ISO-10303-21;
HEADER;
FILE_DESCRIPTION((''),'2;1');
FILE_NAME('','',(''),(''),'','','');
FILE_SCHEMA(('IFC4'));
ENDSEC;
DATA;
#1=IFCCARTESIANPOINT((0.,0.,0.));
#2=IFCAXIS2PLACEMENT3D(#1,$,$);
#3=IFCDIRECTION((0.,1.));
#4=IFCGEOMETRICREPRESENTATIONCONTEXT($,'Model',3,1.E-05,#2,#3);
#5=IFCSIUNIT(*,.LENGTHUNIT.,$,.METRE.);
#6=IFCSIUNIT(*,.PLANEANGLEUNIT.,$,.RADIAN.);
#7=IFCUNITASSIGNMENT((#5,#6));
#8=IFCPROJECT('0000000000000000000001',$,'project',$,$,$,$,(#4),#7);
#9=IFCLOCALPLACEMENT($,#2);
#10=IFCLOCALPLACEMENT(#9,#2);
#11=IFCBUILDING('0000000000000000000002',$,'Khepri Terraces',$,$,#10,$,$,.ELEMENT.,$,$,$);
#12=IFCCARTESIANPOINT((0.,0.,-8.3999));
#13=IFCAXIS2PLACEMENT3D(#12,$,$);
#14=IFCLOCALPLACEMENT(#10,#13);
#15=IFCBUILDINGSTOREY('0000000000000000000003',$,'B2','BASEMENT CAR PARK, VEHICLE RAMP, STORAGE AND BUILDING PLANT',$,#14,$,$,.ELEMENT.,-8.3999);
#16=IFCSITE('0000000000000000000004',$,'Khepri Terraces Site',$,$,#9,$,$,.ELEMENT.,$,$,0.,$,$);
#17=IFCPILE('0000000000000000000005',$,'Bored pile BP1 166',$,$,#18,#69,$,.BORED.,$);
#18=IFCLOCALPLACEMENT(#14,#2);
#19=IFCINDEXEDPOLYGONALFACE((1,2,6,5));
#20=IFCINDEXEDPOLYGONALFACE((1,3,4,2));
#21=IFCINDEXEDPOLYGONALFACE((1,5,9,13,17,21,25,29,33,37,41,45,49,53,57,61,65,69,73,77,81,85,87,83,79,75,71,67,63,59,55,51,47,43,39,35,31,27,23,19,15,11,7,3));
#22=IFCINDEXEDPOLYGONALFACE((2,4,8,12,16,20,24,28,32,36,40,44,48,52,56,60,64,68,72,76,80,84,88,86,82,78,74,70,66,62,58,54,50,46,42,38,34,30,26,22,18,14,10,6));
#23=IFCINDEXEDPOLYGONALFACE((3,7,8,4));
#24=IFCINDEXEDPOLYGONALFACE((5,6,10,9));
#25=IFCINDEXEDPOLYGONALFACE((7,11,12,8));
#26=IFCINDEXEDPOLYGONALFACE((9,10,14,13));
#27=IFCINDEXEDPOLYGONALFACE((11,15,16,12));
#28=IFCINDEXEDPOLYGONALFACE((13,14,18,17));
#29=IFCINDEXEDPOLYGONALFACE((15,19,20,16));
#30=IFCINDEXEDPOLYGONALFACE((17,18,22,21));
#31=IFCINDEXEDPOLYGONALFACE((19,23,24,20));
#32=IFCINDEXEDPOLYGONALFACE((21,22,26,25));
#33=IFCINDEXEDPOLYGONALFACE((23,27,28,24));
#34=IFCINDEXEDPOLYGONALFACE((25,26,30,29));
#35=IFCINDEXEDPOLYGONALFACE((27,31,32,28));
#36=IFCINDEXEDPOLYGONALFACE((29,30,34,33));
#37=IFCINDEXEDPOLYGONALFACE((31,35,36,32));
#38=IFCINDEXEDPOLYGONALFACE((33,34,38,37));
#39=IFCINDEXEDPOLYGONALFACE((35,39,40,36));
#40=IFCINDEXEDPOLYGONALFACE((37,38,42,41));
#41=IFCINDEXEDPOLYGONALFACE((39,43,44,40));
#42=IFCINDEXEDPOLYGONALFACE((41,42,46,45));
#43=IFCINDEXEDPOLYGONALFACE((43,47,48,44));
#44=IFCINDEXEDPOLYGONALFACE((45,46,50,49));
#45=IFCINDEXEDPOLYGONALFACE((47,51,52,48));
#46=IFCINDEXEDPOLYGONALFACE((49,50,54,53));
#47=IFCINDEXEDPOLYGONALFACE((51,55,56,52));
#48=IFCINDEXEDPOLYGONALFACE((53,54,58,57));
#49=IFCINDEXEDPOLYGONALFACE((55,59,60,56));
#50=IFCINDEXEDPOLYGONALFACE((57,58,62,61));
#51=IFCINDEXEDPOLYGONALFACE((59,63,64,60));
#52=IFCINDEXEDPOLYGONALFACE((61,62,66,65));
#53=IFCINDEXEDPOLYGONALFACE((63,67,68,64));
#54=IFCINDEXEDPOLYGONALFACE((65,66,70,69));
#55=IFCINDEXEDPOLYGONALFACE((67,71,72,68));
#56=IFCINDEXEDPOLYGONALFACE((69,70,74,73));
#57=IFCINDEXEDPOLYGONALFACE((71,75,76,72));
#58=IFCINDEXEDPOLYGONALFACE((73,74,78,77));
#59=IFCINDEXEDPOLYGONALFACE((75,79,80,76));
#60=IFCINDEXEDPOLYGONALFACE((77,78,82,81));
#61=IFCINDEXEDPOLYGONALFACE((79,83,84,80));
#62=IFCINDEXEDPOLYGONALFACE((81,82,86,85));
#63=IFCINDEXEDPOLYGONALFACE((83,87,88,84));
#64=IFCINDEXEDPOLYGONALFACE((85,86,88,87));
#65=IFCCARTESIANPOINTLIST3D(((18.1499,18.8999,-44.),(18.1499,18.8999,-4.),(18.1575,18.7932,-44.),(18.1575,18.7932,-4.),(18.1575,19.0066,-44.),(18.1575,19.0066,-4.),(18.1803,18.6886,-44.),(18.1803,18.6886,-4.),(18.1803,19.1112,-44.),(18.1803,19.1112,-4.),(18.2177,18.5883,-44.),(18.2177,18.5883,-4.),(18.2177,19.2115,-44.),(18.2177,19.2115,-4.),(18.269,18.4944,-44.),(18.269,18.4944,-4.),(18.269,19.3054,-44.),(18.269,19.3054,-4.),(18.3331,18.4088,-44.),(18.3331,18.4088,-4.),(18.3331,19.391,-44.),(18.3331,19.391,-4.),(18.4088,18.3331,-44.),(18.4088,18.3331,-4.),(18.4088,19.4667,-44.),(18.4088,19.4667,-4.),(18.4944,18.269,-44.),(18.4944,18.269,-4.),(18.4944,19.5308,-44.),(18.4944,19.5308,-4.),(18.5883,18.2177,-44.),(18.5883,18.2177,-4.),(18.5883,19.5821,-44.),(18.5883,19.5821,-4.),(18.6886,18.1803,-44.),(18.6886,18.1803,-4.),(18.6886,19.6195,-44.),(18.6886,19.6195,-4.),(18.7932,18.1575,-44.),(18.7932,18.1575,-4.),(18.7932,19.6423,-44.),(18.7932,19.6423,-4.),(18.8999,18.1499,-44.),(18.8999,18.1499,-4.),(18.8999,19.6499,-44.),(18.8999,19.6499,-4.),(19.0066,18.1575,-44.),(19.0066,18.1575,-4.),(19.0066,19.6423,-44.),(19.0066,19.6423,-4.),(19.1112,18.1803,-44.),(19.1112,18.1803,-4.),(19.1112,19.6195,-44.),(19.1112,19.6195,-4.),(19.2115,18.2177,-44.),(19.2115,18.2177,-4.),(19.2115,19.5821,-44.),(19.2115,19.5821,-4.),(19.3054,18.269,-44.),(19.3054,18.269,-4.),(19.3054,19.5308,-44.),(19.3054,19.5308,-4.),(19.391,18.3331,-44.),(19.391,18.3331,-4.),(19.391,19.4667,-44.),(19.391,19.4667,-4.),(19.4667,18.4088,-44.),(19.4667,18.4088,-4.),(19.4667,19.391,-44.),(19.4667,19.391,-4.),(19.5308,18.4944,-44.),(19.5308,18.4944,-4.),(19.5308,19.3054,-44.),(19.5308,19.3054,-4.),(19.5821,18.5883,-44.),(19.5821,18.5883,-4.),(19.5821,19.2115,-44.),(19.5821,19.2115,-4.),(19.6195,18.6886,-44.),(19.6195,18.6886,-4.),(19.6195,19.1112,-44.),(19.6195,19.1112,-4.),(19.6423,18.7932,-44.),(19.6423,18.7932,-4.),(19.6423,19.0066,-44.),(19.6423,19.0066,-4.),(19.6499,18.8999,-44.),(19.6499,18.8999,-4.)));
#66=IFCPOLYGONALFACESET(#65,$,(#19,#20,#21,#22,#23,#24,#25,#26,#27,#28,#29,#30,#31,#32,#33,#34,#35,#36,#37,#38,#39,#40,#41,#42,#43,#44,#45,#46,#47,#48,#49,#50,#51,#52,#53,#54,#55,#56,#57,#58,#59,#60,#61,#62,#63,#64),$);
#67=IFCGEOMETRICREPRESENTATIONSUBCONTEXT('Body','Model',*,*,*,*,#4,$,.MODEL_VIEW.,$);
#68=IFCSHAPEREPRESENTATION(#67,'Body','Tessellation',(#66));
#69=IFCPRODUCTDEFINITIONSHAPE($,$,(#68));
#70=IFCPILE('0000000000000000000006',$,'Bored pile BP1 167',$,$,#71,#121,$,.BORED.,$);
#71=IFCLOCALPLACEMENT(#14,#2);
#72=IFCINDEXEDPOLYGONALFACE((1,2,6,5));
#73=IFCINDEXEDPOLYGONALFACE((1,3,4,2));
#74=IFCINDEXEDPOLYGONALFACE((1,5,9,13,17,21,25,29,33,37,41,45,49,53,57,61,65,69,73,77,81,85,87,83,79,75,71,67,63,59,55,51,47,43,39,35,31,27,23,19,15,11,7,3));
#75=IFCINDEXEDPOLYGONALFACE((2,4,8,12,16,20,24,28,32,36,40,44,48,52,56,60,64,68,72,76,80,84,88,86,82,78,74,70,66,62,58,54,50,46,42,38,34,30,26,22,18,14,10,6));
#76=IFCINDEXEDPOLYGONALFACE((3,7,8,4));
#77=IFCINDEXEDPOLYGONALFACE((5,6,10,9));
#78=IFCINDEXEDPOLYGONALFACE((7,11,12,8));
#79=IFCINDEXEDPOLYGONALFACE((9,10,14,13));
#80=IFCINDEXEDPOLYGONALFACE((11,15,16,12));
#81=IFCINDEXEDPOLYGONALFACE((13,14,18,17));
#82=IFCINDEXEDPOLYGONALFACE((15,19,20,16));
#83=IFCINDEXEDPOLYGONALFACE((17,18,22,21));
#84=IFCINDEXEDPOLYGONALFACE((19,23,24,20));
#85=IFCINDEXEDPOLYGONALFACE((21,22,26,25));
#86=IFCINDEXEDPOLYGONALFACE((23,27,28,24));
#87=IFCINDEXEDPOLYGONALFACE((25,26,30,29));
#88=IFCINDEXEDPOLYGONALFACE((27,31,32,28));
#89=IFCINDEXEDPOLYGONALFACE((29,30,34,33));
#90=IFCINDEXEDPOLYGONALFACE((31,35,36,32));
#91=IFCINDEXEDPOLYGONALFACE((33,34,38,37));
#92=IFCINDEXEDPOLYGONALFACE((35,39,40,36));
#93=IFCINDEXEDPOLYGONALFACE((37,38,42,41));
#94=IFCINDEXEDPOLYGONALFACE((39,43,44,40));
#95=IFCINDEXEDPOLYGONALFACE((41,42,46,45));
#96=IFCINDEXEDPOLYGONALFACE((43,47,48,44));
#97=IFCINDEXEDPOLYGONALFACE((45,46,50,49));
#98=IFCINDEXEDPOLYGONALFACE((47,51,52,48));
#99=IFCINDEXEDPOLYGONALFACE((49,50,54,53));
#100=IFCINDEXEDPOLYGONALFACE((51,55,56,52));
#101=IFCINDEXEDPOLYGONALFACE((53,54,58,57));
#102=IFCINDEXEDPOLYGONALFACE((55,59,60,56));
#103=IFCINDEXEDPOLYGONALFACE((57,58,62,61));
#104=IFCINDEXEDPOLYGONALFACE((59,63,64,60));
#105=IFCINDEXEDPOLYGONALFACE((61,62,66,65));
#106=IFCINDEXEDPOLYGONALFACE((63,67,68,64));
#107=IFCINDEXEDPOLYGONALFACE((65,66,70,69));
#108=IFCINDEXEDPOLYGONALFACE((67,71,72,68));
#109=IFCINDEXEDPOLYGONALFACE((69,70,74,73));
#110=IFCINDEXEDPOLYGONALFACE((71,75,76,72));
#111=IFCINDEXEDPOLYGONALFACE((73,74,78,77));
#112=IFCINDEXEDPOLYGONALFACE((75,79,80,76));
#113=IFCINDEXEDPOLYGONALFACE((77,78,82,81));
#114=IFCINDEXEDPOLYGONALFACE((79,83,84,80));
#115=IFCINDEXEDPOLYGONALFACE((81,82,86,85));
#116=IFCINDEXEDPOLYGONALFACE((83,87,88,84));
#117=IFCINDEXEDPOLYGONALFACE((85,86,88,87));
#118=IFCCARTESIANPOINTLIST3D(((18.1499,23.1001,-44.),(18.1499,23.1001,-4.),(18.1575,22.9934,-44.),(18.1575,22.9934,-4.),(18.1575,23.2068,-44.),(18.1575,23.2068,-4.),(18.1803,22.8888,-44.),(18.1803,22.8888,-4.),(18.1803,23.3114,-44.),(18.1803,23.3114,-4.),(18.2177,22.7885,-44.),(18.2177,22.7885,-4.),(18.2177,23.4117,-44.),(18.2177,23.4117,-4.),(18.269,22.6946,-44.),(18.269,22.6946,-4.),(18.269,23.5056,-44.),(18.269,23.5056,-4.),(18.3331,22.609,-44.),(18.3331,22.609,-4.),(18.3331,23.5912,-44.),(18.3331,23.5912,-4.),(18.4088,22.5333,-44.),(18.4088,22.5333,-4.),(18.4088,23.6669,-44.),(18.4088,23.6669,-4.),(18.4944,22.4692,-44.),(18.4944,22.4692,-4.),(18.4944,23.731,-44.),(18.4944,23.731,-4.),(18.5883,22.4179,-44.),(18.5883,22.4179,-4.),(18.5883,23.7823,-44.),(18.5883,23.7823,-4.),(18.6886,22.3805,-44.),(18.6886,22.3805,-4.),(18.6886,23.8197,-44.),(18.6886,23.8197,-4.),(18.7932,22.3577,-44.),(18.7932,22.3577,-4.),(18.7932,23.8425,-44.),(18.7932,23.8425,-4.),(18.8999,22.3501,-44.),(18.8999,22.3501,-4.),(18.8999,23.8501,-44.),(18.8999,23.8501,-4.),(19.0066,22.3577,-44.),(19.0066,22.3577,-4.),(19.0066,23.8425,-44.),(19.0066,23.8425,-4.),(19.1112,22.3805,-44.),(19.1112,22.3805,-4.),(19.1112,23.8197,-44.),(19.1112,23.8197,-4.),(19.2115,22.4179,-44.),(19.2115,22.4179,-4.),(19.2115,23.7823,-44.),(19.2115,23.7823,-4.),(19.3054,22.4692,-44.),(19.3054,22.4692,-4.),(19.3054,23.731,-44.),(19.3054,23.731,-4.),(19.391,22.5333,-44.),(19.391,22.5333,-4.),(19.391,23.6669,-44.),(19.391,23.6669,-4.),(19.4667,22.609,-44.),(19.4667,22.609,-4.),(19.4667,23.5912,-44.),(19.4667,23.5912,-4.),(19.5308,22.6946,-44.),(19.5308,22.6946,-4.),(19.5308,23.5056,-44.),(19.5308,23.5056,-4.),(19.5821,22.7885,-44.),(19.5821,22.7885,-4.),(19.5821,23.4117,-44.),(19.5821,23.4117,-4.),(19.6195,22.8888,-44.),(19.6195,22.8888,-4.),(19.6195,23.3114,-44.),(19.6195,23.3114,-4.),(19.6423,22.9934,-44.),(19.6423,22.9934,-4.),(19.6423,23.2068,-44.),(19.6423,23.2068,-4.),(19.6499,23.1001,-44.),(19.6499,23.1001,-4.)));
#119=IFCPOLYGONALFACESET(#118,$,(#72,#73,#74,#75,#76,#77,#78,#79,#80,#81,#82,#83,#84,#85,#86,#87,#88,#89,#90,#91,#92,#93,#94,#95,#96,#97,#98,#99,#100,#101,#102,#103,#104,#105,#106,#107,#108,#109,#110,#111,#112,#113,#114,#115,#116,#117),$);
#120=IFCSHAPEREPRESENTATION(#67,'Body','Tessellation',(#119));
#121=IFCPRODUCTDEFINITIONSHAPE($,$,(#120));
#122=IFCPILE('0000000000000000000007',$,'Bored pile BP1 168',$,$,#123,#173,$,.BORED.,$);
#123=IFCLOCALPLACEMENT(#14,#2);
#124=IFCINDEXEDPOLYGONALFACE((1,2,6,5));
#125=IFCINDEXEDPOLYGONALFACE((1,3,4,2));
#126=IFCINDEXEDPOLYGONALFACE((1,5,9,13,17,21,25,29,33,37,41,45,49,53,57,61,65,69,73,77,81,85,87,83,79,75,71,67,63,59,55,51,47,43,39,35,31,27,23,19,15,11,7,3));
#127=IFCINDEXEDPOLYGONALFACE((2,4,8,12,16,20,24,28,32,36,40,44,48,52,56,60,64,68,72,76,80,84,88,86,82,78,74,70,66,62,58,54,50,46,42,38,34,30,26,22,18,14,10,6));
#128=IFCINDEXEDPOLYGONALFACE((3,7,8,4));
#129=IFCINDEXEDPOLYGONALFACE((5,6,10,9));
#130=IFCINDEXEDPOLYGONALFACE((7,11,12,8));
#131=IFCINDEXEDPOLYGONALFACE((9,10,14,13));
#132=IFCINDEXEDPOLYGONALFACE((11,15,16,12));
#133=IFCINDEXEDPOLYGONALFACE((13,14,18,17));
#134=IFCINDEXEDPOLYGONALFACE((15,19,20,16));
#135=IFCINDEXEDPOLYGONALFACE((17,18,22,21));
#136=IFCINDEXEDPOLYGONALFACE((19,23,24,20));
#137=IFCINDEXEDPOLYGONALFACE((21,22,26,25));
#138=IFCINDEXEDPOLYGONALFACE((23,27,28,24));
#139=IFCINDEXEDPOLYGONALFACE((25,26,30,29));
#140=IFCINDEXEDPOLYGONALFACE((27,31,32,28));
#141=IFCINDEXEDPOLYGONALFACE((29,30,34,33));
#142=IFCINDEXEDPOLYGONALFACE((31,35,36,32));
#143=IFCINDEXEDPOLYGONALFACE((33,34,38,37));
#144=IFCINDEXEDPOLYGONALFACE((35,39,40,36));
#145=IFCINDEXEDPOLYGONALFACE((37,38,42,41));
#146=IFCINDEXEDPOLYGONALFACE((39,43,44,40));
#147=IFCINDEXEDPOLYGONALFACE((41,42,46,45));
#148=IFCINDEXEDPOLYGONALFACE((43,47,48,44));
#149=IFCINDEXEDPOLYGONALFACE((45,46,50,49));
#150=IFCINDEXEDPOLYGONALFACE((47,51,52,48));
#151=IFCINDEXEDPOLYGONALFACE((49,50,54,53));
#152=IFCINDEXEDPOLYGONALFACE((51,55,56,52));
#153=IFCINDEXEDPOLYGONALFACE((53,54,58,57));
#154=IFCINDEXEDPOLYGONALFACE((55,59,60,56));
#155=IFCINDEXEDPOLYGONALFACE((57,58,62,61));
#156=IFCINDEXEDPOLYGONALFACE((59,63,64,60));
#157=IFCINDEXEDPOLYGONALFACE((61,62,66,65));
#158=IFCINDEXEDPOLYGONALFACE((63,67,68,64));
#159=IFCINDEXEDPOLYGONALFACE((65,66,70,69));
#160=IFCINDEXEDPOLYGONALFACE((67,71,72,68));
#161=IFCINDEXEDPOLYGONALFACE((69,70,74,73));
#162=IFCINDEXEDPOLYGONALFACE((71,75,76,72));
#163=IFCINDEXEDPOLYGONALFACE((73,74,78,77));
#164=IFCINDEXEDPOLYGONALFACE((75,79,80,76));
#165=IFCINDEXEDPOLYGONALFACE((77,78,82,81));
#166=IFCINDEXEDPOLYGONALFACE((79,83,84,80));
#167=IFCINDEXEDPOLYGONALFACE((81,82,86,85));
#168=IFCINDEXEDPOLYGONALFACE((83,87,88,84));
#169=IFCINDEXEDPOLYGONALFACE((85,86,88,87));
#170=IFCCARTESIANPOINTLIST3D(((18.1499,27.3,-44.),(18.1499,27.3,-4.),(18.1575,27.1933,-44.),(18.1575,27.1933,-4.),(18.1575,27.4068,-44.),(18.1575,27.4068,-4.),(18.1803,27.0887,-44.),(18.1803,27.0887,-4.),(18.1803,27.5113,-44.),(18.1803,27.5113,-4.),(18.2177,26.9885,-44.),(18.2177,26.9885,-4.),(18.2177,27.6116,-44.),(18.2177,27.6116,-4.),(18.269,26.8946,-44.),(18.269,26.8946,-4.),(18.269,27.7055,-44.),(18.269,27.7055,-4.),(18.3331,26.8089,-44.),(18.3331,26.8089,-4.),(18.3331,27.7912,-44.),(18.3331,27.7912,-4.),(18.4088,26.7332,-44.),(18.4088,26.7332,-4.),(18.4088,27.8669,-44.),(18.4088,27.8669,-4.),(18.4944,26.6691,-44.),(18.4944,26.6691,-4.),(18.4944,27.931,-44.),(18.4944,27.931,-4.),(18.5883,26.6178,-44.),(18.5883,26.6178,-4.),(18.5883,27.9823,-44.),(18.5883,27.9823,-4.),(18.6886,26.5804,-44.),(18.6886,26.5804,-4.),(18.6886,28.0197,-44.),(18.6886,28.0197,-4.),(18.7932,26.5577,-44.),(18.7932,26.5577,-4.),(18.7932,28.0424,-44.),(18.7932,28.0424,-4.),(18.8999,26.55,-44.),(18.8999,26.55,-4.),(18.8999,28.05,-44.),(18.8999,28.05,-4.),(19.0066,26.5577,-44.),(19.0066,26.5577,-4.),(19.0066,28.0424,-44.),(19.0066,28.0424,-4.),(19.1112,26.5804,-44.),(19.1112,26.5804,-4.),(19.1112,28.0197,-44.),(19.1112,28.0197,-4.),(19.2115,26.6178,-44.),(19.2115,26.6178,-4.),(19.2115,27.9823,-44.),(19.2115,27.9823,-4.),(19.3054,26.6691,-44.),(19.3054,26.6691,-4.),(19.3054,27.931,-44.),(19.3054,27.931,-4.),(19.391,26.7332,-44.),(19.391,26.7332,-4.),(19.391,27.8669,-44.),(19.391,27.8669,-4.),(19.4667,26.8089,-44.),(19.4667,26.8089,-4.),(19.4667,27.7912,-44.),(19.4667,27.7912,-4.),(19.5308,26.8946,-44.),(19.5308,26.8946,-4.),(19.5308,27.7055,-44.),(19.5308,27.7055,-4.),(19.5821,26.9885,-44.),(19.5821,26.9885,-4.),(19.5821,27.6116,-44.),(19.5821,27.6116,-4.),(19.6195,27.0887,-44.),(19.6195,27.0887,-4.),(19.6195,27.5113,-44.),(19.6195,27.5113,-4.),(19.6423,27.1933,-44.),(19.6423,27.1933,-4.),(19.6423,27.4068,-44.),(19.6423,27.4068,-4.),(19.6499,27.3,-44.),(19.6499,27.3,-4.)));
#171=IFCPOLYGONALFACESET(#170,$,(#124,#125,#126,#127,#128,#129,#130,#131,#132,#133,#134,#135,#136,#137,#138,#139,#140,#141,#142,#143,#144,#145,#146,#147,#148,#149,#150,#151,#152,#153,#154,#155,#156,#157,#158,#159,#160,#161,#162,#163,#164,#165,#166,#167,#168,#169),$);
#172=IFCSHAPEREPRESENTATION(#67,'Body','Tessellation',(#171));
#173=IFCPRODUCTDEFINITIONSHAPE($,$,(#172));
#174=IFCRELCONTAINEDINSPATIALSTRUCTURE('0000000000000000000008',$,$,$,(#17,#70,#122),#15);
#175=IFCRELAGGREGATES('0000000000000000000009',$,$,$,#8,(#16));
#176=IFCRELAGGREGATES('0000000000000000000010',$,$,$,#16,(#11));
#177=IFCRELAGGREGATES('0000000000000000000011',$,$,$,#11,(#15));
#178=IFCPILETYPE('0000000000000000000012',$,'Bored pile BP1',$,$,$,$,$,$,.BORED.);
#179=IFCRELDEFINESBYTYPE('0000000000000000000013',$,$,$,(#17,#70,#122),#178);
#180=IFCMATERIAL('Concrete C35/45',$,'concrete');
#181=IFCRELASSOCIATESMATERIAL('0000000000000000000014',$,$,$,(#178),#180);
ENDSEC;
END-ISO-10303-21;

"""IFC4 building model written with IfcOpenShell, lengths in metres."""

from ifc_helpers import new_model, si_unit, direction, frame, origin, origin_2d, place, context, subcontext, project, spatial, circle, extrude, material, material_profile, profile_set, type_object, element, save


model = new_model("IFC4")

# Units and contexts
model_context = context("Model", 3, precision=1e-05, world=origin(), true_north=direction((0.0, 1.0)))
body_context = subcontext(model_context, "Body", "Model", "MODEL_VIEW")
ifc_project = project(units=[si_unit("LENGTHUNIT", "METRE"), si_unit("PLANEANGLEUNIT", "RADIAN")], contexts=[model_context])

# Site, building, storey
site_placement = place(None, origin())
site = spatial("IfcSite", under=ifc_project, at=site_placement, Name="Khepri Terraces Site", CompositionType="ELEMENT", RefElevation=0.0)
building_placement = place(site_placement, origin())
building = spatial("IfcBuilding", under=site, at=building_placement, Name="Khepri Terraces", CompositionType="ELEMENT")
storey_placement = place(building_placement, frame((0.0, 0.0, -8.3999)))
storey = spatial("IfcBuildingStorey", under=building, at=storey_placement, Name="B2", Description="BASEMENT CAR PARK, VEHICLE RAMP, STORAGE AND BUILDING PLANT", CompositionType="ELEMENT", Elevation=-8.3999)

# Piles
ifc_material_1 = material(Name="Concrete C35/45", Category="concrete")
ifc_material_profile_1 = material_profile(ifc_material_1, circle(Radius=0.75, at=origin_2d()), Name="Concrete C35/45", Category="concrete")
ifc_profile_set_1 = profile_set([ifc_material_profile_1], Name="Concrete C35/45")
pile_type = type_object("IfcPileType", Name="Bored pile BP1", PredefinedType="BORED", material=ifc_profile_set_1)
for number, where, z_axis, x_axis, name in (
    (1, (18.8999, 18.8999, -4.0), (0.0, 0.0, -1.0), (1.0, 0.0, 0.0), "Bored pile BP1 166"),
    (2, (18.8999, 23.1001, -4.0), (0.0, 0.0, -1.0), (1.0, 0.0, 0.0), "Bored pile BP1 167"),
    (3, (18.8999, 27.3, -4.0), (0.0, 0.0, -1.0), (1.0, 0.0, 0.0), "Bored pile BP1 168"),
):
    element("IfcPile", number, at=place(storey_placement, frame(where, z_axis=z_axis, x_axis=x_axis)), inside=storey, type_object=pile_type, Name=name, PredefinedType="BORED", context=body_context, shape_type="SweptSolid", body=[
        extrude(circle(Radius=0.75, at=origin_2d()), origin(), (0.0, 0.0, 1.0), 40.0),
    ])

save(model, "model.ifc")
